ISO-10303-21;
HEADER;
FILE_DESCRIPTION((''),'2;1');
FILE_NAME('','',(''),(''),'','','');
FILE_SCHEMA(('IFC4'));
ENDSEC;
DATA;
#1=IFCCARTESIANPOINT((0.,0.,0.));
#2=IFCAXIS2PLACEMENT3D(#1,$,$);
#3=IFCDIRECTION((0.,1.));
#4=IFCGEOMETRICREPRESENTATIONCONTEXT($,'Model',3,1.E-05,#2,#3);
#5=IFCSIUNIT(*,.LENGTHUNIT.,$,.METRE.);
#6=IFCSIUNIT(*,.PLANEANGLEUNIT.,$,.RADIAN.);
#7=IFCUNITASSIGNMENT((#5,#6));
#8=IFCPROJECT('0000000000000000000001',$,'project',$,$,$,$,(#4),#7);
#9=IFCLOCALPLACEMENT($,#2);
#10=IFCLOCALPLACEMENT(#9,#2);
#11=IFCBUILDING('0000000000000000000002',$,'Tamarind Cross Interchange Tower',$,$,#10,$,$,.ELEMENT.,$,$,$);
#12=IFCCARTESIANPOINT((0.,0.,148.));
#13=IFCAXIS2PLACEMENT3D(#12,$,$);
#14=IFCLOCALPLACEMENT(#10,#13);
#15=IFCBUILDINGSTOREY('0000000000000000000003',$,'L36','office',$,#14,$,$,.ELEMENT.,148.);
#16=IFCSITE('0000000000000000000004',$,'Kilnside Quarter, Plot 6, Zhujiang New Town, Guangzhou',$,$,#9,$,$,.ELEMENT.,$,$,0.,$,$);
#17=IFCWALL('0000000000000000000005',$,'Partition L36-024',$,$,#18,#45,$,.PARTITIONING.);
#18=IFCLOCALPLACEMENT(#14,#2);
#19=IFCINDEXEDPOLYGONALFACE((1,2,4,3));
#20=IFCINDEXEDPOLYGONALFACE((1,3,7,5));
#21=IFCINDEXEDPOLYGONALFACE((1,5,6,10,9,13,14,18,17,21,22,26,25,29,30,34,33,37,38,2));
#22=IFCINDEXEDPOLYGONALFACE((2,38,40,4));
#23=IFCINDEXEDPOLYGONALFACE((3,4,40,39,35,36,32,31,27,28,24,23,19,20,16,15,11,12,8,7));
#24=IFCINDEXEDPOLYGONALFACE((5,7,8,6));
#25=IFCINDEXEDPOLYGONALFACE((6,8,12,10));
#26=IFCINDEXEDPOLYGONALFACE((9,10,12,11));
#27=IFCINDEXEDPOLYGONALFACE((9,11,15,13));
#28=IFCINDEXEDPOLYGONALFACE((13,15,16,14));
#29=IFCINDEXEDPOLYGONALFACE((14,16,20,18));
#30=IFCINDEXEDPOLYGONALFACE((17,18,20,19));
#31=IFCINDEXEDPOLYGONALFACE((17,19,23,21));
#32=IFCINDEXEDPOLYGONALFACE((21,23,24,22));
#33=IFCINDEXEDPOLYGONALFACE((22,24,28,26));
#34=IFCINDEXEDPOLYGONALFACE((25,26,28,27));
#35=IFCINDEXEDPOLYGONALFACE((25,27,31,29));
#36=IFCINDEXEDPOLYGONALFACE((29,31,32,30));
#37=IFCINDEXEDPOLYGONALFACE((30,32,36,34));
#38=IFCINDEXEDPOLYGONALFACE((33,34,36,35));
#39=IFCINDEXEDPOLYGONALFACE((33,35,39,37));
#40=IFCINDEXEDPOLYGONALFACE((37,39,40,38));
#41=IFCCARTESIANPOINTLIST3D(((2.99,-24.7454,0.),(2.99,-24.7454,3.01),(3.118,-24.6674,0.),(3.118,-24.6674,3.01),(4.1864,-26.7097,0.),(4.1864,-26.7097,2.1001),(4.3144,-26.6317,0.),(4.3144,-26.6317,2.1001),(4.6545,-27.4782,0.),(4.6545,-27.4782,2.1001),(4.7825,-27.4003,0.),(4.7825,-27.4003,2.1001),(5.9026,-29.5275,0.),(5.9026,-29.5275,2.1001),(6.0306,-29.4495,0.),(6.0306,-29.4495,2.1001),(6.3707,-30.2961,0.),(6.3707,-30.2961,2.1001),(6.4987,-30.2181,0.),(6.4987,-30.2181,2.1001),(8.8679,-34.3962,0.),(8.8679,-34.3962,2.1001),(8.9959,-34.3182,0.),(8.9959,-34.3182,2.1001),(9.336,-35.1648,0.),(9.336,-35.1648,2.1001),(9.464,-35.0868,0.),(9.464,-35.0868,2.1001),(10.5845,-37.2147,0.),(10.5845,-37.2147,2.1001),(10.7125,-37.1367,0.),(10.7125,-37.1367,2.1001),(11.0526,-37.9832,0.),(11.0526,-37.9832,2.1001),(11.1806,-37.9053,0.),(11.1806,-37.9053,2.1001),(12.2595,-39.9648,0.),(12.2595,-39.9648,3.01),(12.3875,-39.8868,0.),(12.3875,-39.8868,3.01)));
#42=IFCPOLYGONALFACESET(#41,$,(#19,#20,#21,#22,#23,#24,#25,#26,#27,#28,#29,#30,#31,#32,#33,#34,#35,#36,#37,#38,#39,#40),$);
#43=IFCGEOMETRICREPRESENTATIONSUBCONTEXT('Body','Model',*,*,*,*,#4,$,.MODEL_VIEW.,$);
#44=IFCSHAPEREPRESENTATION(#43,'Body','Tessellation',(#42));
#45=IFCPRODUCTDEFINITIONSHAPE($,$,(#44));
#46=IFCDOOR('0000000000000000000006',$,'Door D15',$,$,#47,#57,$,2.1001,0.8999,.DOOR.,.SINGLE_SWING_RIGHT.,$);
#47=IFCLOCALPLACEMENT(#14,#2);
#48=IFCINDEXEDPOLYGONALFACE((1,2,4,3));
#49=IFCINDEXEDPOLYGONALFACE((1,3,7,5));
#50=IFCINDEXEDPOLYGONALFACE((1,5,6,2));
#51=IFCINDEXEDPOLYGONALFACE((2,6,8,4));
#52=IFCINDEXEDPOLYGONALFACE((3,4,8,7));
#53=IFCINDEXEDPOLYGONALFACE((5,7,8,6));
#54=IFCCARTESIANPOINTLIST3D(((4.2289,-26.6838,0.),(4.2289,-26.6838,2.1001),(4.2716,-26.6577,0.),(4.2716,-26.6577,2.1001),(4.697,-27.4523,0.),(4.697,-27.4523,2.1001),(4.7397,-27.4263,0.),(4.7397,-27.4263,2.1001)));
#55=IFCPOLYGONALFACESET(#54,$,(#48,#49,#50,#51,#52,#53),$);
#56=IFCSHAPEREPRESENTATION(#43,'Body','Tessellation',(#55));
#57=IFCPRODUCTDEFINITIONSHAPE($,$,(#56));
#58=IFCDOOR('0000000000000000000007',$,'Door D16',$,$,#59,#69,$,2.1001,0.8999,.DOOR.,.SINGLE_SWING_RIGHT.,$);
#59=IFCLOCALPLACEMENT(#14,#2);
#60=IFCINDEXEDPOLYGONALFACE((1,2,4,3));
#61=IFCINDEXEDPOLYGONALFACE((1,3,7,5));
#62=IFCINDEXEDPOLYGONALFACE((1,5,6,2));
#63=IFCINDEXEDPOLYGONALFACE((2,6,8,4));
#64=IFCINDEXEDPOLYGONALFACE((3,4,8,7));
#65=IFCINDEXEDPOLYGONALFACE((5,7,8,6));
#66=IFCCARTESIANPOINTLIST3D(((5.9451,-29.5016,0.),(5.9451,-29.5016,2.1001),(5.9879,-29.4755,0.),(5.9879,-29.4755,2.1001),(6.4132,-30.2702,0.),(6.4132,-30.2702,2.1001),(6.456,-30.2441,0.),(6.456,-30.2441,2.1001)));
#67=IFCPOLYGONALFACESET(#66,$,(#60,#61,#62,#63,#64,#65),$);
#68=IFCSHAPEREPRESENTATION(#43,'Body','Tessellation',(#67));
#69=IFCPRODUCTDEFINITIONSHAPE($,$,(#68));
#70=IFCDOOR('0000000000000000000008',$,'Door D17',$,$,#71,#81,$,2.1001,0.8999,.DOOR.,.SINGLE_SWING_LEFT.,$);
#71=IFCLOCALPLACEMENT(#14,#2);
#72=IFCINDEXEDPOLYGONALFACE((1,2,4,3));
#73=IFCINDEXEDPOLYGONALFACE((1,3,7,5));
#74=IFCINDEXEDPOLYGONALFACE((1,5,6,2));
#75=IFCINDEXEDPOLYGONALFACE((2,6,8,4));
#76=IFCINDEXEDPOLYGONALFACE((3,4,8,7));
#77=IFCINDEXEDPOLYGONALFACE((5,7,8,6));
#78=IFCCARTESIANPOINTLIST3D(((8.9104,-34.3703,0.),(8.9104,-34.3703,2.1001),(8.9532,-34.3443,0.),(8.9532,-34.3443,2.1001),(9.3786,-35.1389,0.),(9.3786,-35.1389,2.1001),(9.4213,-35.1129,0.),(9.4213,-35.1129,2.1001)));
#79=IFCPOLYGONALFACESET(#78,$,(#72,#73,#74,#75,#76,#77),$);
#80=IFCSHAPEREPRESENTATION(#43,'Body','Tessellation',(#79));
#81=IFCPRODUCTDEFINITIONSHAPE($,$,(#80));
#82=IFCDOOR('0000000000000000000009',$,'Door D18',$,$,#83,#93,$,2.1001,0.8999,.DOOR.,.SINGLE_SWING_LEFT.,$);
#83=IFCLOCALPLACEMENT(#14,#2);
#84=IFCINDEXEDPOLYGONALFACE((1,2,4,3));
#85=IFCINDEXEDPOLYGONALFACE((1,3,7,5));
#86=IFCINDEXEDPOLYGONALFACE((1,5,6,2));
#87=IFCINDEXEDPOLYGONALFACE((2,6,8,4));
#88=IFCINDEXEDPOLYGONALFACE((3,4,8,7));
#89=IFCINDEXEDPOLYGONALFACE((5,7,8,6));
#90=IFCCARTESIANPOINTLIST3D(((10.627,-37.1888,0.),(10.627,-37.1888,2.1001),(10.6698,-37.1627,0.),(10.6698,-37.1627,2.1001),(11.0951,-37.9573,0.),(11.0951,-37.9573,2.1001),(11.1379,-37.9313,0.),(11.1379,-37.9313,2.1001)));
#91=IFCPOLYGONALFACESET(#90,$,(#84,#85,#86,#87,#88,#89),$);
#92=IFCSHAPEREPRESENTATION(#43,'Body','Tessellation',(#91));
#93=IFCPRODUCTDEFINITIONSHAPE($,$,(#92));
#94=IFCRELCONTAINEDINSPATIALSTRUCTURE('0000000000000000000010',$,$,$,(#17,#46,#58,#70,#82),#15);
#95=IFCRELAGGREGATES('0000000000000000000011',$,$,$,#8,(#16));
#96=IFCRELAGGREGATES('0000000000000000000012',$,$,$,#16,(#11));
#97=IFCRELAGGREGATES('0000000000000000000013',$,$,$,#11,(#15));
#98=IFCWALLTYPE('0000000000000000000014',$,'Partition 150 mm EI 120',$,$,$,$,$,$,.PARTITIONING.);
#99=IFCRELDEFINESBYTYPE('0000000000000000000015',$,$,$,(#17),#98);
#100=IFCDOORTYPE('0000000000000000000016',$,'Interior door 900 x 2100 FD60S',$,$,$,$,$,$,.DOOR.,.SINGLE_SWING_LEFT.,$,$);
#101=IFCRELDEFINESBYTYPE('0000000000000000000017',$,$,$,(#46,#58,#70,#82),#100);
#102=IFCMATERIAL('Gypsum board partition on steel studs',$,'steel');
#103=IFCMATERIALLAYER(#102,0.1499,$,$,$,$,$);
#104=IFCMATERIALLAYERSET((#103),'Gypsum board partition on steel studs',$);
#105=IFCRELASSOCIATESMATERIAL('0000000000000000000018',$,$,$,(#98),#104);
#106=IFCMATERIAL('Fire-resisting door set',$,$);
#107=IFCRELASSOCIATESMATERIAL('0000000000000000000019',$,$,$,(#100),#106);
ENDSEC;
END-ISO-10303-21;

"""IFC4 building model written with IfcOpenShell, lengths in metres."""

from ifc_helpers import new_model, si_unit, direction, frame, frame_2d, origin, place, context, subcontext, project, spatial, rectangle, extrude, material, layer, layer_set, type_object, element, fill, save


model = new_model("IFC4")

# Units and contexts
model_context = context("Model", 3, precision=1e-05, world=origin(), true_north=direction((0.0, 1.0)))
body_context = subcontext(model_context, "Body", "Model", "MODEL_VIEW")
ifc_project = project(units=[si_unit("LENGTHUNIT", "METRE"), si_unit("PLANEANGLEUNIT", "RADIAN")], contexts=[model_context])

# Site, building, storey
site_placement = place(None, origin())
site = spatial("IfcSite", under=ifc_project, at=site_placement, Name="Kilnside Quarter, Plot 6, Zhujiang New Town, Guangzhou", CompositionType="ELEMENT", RefElevation=0.0)
building_placement = place(site_placement, origin())
building = spatial("IfcBuilding", under=site, at=building_placement, Name="Tamarind Cross Interchange Tower", CompositionType="ELEMENT")
storey_placement = place(building_placement, frame((0.0, 0.0, 148.0)))
storey = spatial("IfcBuildingStorey", under=building, at=storey_placement, Name="L36", Description="office", CompositionType="ELEMENT", Elevation=148.0)

# Shared definitions
ifc_material_1 = material(Name="Gypsum board partition on steel studs", Category="steel")
ifc_layer_1 = layer(ifc_material_1, 0.1499)
ifc_layer_set_1 = layer_set([ifc_layer_1], Name="Gypsum board partition on steel studs")
wall_type_1 = type_object("IfcWallType", Name="Partition 150 mm EI 120", PredefinedType="PARTITIONING", material=ifc_layer_set_1)

# Wall, openings, doors
wall_1_placement = place(storey_placement, frame((3.054, -24.7063, 0.0), z_axis=(0.0, 0.0, 1.0), x_axis=(0.520172, -0.854061, 0.0)))
wall_1 = element("IfcWall", 1, at=wall_1_placement, inside=storey, type_object=wall_type_1, Name="Partition L36-024", PredefinedType="PARTITIONING", context=body_context, shape_type="SweptSolid", body=[
    extrude(rectangle(XDim=17.8201, YDim=0.1499, at=frame_2d((8.9102, 0.0))), origin(), (0.0, 0.0, 1.0), 3.01),
])
opening_1_placement = place(wall_1_placement, frame((2.3, 0.0, 0.0)))
opening_1 = element("IfcOpeningElement", 2, at=opening_1_placement, cuts=wall_1, PredefinedType="OPENING", context=body_context, shape_type="SweptSolid", body=[
    extrude(rectangle(XDim=0.8999, YDim=2.1001, at=frame_2d((0.45, 1.05))), frame((0.0, 0.085, 0.0), z_axis=(0.0, -1.0, 0.0), x_axis=(1.0, 0.0, 0.0)), (0.0, 0.0, 1.0), 0.1699),
])
opening_2_placement = place(wall_1_placement, frame((5.5994, 0.0, 0.0)))
opening_2 = element("IfcOpeningElement", 3, at=opening_2_placement, cuts=wall_1, PredefinedType="OPENING", context=body_context, shape_type="SweptSolid", body=[
    extrude(rectangle(XDim=0.8999, YDim=2.1001, at=frame_2d((0.45, 1.05))), frame((0.0, 0.085, 0.0), z_axis=(0.0, -1.0, 0.0), x_axis=(1.0, 0.0, 0.0)), (0.0, 0.0, 1.0), 0.1699),
])
opening_3_placement = place(wall_1_placement, frame((11.3, 0.0, 0.0)))
opening_3 = element("IfcOpeningElement", 4, at=opening_3_placement, cuts=wall_1, PredefinedType="OPENING", context=body_context, shape_type="SweptSolid", body=[
    extrude(rectangle(XDim=0.8999, YDim=2.1001, at=frame_2d((0.45, 1.05))), frame((0.0, 0.085, 0.0), z_axis=(0.0, -1.0, 0.0), x_axis=(1.0, 0.0, 0.0)), (0.0, 0.0, 1.0), 0.1699),
])
opening_4_placement = place(wall_1_placement, frame((14.6001, 0.0, 0.0)))
opening_4 = element("IfcOpeningElement", 5, at=opening_4_placement, cuts=wall_1, PredefinedType="OPENING", context=body_context, shape_type="SweptSolid", body=[
    extrude(rectangle(XDim=0.8999, YDim=2.1001, at=frame_2d((0.45, 1.05))), frame((0.0, 0.085, 0.0), z_axis=(0.0, -1.0, 0.0), x_axis=(1.0, 0.0, 0.0)), (0.0, 0.0, 1.0), 0.1699),
])
ifc_material_2 = material(Name="Fire-resisting door set")
door_type = type_object("IfcDoorType", Name="Interior door 900 x 2100 FD60S", OperationType="SINGLE_SWING_LEFT", PredefinedType="DOOR", material=ifc_material_2)
door_1_placement = place(opening_1_placement, origin())
door_1 = element("IfcDoor", 6, at=door_1_placement, inside=storey, type_object=door_type, Name="Door D15", OperationType="SINGLE_SWING_RIGHT", OverallHeight=2.1001, OverallWidth=0.8999, PredefinedType="DOOR", context=body_context, shape_type="SweptSolid", body=[
    extrude(rectangle(XDim=0.8999, YDim=2.1001, at=frame_2d((0.45, 1.05))), frame((0.0, 0.0249, 0.0), z_axis=(0.0, -1.0, 0.0), x_axis=(1.0, 0.0, 0.0)), (0.0, 0.0, 1.0), 0.05),
])
fill(opening_1, door_1)
door_2_placement = place(opening_2_placement, origin())
door_2 = element("IfcDoor", 7, at=door_2_placement, inside=storey, type_object=door_type, Name="Door D16", OperationType="SINGLE_SWING_RIGHT", OverallHeight=2.1001, OverallWidth=0.8999, PredefinedType="DOOR", context=body_context, shape_type="SweptSolid", body=[
    extrude(rectangle(XDim=0.8999, YDim=2.1001, at=frame_2d((0.45, 1.05))), frame((0.0, 0.0249, 0.0), z_axis=(0.0, -1.0, 0.0), x_axis=(1.0, 0.0, 0.0)), (0.0, 0.0, 1.0), 0.05),
])
fill(opening_2, door_2)
door_3_placement = place(opening_3_placement, origin())
door_3 = element("IfcDoor", 8, at=door_3_placement, inside=storey, type_object=door_type, Name="Door D17", OperationType="SINGLE_SWING_LEFT", OverallHeight=2.1001, OverallWidth=0.8999, PredefinedType="DOOR", context=body_context, shape_type="SweptSolid", body=[
    extrude(rectangle(XDim=0.8999, YDim=2.1001, at=frame_2d((0.45, 1.05))), frame((0.0, 0.0249, 0.0), z_axis=(0.0, -1.0, 0.0), x_axis=(1.0, 0.0, 0.0)), (0.0, 0.0, 1.0), 0.05),
])
fill(opening_3, door_3)
door_4_placement = place(opening_4_placement, origin())
door_4 = element("IfcDoor", 9, at=door_4_placement, inside=storey, type_object=door_type, Name="Door D18", OperationType="SINGLE_SWING_LEFT", OverallHeight=2.1001, OverallWidth=0.8999, PredefinedType="DOOR", context=body_context, shape_type="SweptSolid", body=[
    extrude(rectangle(XDim=0.8999, YDim=2.1001, at=frame_2d((0.45, 1.05))), frame((0.0, 0.0249, 0.0), z_axis=(0.0, -1.0, 0.0), x_axis=(1.0, 0.0, 0.0)), (0.0, 0.0, 1.0), 0.05),
])
fill(opening_4, door_4)

save(model, "model.ifc")
